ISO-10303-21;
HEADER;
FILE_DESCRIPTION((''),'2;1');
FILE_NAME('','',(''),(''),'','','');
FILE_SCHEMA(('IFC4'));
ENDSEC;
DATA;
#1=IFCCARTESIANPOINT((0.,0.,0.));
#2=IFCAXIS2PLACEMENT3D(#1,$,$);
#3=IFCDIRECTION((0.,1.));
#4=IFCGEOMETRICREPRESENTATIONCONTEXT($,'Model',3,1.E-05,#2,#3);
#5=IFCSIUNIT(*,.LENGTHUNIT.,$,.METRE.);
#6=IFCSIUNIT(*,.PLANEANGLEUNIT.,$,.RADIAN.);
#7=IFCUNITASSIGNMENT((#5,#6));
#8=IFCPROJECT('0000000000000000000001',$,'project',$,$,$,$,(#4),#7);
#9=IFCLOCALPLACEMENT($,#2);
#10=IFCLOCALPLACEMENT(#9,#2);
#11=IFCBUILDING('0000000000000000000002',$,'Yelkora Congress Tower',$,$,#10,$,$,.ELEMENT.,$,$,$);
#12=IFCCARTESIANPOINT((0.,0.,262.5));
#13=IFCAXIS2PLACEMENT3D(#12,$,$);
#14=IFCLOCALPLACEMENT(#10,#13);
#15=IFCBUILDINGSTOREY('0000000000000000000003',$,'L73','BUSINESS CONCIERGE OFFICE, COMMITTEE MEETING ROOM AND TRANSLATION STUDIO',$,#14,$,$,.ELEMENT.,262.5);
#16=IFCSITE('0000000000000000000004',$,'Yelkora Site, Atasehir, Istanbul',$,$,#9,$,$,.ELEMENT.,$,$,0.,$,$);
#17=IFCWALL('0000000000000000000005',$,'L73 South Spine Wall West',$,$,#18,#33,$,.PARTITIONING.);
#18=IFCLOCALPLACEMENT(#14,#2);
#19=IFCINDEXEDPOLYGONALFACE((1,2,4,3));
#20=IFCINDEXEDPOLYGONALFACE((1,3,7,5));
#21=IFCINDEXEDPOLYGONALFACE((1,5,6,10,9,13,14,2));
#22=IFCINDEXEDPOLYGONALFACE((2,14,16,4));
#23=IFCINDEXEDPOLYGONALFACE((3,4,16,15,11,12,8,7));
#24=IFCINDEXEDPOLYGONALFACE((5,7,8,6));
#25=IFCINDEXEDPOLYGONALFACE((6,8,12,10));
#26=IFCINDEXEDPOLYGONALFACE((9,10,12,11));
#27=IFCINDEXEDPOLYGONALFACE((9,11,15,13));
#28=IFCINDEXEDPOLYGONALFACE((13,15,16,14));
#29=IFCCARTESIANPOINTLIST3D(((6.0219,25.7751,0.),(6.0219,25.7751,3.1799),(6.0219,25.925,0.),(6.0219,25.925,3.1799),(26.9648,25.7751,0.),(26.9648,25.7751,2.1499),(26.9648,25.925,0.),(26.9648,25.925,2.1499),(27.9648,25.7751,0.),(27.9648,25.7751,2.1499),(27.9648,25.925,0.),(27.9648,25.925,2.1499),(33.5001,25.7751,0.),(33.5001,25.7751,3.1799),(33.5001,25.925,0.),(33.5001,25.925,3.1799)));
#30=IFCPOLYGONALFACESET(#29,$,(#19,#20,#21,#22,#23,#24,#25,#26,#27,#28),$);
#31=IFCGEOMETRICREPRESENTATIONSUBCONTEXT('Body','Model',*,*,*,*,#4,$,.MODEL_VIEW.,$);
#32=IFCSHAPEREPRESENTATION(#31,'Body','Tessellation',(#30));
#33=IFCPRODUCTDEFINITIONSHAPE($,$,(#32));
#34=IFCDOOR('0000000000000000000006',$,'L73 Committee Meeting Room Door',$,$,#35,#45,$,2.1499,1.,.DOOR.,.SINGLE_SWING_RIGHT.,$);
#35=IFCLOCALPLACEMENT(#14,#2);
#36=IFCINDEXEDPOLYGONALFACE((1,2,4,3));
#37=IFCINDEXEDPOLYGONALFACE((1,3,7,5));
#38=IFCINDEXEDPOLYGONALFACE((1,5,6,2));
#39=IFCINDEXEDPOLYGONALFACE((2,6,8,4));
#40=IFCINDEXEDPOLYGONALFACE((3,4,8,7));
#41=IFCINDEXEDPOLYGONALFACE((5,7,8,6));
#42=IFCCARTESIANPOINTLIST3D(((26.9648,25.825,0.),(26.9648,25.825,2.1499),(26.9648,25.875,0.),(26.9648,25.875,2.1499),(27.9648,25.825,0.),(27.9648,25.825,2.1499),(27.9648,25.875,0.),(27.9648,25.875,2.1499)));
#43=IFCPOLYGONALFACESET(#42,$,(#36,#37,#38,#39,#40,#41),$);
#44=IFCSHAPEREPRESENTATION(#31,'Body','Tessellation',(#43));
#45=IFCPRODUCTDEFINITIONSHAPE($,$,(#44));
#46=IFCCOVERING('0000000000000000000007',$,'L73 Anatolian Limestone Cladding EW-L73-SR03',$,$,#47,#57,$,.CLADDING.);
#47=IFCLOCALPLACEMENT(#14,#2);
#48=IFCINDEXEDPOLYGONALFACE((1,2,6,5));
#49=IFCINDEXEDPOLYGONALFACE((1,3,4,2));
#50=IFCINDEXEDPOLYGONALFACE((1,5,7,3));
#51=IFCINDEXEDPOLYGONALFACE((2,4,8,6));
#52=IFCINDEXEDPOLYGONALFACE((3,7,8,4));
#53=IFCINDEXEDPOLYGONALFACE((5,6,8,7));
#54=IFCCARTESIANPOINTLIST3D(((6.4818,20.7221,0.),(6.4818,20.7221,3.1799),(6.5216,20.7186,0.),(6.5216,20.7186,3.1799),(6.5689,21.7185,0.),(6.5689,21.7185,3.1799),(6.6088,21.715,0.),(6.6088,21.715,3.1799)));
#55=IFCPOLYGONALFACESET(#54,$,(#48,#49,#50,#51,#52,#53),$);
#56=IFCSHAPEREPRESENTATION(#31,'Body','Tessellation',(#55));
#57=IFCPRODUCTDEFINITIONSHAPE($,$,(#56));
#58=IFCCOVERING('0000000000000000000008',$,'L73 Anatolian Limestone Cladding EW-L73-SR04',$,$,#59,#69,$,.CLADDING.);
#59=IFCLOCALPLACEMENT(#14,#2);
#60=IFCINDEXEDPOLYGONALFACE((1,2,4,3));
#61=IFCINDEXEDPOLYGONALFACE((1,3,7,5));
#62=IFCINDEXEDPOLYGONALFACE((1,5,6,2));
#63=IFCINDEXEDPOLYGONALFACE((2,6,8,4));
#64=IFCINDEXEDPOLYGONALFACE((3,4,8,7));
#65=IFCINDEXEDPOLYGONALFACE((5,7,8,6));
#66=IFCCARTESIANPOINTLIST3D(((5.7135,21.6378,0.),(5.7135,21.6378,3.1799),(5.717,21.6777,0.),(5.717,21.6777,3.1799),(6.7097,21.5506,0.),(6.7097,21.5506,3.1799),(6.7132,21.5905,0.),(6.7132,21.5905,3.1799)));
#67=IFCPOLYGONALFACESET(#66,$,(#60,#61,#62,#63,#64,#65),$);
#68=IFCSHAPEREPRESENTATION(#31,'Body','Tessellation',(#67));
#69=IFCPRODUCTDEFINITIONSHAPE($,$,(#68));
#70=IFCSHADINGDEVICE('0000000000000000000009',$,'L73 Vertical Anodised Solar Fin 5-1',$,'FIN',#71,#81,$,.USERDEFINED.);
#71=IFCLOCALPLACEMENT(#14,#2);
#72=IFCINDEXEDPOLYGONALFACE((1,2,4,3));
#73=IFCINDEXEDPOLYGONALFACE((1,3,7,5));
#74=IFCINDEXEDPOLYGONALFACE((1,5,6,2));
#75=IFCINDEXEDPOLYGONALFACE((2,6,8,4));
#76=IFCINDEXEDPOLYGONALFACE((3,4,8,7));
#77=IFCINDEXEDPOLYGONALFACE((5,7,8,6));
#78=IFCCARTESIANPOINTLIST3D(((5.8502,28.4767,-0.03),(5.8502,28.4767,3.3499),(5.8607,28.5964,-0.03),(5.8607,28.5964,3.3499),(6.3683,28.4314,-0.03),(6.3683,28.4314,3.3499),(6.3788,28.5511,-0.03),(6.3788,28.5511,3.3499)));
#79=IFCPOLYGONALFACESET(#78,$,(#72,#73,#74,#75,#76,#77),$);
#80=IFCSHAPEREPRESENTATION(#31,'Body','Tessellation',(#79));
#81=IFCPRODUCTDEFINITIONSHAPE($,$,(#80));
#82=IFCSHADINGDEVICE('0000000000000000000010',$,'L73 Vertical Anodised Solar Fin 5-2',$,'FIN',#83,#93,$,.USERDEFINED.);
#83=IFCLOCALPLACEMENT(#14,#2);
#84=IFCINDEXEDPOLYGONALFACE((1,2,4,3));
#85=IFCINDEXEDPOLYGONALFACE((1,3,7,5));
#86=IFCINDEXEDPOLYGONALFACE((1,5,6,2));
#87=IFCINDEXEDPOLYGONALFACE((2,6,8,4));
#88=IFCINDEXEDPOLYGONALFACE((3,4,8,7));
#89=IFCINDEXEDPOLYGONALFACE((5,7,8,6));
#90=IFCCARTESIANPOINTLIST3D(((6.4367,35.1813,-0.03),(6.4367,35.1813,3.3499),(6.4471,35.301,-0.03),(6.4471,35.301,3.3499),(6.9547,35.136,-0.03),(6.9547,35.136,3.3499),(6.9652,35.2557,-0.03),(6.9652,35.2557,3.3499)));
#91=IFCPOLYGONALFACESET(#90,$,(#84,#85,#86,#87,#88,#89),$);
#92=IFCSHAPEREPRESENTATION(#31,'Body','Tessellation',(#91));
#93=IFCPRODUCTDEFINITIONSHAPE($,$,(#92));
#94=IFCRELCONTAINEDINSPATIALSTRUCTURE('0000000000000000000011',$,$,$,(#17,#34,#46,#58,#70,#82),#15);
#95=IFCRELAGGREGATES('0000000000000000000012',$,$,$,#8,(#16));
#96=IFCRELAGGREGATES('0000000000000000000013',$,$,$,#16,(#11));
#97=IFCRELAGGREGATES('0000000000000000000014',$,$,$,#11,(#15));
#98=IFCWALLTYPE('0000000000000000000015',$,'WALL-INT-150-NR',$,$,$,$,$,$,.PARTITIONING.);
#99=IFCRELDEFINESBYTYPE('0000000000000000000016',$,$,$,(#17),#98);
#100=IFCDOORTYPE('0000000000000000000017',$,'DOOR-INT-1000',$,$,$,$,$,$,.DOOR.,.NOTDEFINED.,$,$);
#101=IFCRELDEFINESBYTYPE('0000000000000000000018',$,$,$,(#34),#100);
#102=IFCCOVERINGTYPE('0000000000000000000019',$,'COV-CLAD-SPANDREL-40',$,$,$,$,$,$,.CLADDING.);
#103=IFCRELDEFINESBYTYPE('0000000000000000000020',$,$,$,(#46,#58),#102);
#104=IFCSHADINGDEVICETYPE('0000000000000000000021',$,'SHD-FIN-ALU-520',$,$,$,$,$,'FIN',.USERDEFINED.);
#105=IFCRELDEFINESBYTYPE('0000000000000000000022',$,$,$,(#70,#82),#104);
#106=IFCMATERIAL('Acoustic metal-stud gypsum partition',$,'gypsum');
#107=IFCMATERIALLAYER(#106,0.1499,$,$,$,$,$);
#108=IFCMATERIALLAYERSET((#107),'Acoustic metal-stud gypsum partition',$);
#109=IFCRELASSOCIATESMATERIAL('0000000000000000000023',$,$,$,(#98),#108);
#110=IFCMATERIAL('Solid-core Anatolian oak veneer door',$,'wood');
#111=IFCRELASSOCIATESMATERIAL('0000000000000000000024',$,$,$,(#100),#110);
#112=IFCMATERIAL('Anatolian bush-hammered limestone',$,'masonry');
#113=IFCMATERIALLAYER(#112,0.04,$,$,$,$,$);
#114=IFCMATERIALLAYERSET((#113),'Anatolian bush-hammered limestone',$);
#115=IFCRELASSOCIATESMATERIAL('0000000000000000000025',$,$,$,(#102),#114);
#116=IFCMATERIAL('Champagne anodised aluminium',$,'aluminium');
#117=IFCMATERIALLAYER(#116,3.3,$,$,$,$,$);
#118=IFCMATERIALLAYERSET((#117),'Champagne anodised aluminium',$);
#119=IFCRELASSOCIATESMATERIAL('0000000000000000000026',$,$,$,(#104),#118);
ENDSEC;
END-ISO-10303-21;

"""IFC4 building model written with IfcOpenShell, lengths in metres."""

from ifc_helpers import new_model, si_unit, direction, frame, frame_2d, origin, origin_2d, place, context, subcontext, project, spatial, rectangle, extrude, material, layer, layer_set, type_object, element, fill, save


model = new_model("IFC4")

# Units and contexts
model_context = context("Model", 3, precision=1e-05, world=origin(), true_north=direction((0.0, 1.0)))
body_context = subcontext(model_context, "Body", "Model", "MODEL_VIEW")
ifc_project = project(units=[si_unit("LENGTHUNIT", "METRE"), si_unit("PLANEANGLEUNIT", "RADIAN")], contexts=[model_context])

# Site, building, storey
site_placement = place(None, origin())
site = spatial("IfcSite", under=ifc_project, at=site_placement, Name="Yelkora Site, Atasehir, Istanbul", CompositionType="ELEMENT", RefElevation=0.0)
building_placement = place(site_placement, origin())
building = spatial("IfcBuilding", under=site, at=building_placement, Name="Yelkora Congress Tower", CompositionType="ELEMENT")
storey_placement = place(building_placement, frame((0.0, 0.0, 262.5)))
storey = spatial("IfcBuildingStorey", under=building, at=storey_placement, Name="L73", Description="BUSINESS CONCIERGE OFFICE, COMMITTEE MEETING ROOM AND TRANSLATION STUDIO", CompositionType="ELEMENT", Elevation=262.5)

# Wall, opening, door
ifc_material_1 = material(Name="Acoustic metal-stud gypsum partition", Category="gypsum")
ifc_layer_1 = layer(ifc_material_1, 0.1499)
ifc_layer_set_1 = layer_set([ifc_layer_1], Name="Acoustic metal-stud gypsum partition")
wall_type_1 = type_object("IfcWallType", Name="WALL-INT-150-NR", PredefinedType="PARTITIONING", material=ifc_layer_set_1)
wall_1_placement = place(storey_placement, frame((6.0217, 25.8501, 0.0), z_axis=(0.0, 0.0, 1.0), x_axis=(1.0, 0.0, 0.0)))
wall_1 = element("IfcWall", 1, at=wall_1_placement, inside=storey, type_object=wall_type_1, Name="L73 South Spine Wall West", PredefinedType="PARTITIONING", context=body_context, shape_type="SweptSolid", body=[
    extrude(rectangle(XDim=27.4783, YDim=0.1499, at=frame_2d((13.7393, 0.0))), origin(), (0.0, 0.0, 1.0), 3.1799),
])
opening_placement = place(wall_1_placement, frame((20.9431, 0.0, 0.0)))
opening = element("IfcOpeningElement", 2, at=opening_placement, cuts=wall_1, PredefinedType="OPENING", context=body_context, shape_type="SweptSolid", body=[
    extrude(rectangle(XDim=1.0, YDim=2.1499, at=frame_2d((0.5, 1.075))), frame((0.0, 0.085, 0.0), z_axis=(0.0, -1.0, 0.0), x_axis=(1.0, 0.0, 0.0)), (0.0, 0.0, 1.0), 0.1699),
])
ifc_material_2 = material(Name="Solid-core Anatolian oak veneer door", Category="wood")
door_type = type_object("IfcDoorType", Name="DOOR-INT-1000", OperationType="NOTDEFINED", PredefinedType="DOOR", material=ifc_material_2)
door_placement = place(opening_placement, origin())
door = element("IfcDoor", 3, at=door_placement, inside=storey, type_object=door_type, Name="L73 Committee Meeting Room Door", OperationType="SINGLE_SWING_RIGHT", OverallHeight=2.1499, OverallWidth=1.0, PredefinedType="DOOR", context=body_context, shape_type="SweptSolid", body=[
    extrude(rectangle(XDim=1.0, YDim=2.1499, at=frame_2d((0.5, 1.075))), frame((0.0, 0.0249, 0.0), z_axis=(0.0, -1.0, 0.0), x_axis=(1.0, 0.0, 0.0)), (0.0, 0.0, 1.0), 0.05),
])
fill(opening, door)

# Coverings
ifc_material_3 = material(Name="Anatolian bush-hammered limestone", Category="masonry")
ifc_layer_2 = layer(ifc_material_3, 0.04)
ifc_layer_set_2 = layer_set([ifc_layer_2], Name="Anatolian bush-hammered limestone")
covering_type = type_object("IfcCoveringType", Name="COV-CLAD-SPANDREL-40", PredefinedType="CLADDING", material=ifc_layer_set_2)
covering_1_placement = place(storey_placement, frame((6.5017, 20.7205, 0.0), z_axis=(0.0, 0.0, 1.0), x_axis=(0.087146, 0.996196, 0.0)))
element("IfcCovering", 4, at=covering_1_placement, inside=storey, type_object=covering_type, Name="L73 Anatolian Limestone Cladding EW-L73-SR03", PredefinedType="CLADDING", context=body_context, shape_type="SweptSolid", body=[
    extrude(rectangle(XDim=1.0002, YDim=0.04, at=frame_2d((0.5, 0.0))), origin(), (0.0, 0.0, 1.0), 3.1799),
])
covering_2_placement = place(storey_placement, frame((6.7114, 21.5706, 0.0), z_axis=(0.0, 0.0, 1.0), x_axis=(-0.996194, 0.087167, 0.0)))
element("IfcCovering", 5, at=covering_2_placement, inside=storey, type_object=covering_type, Name="L73 Anatolian Limestone Cladding EW-L73-SR04", PredefinedType="CLADDING", context=body_context, shape_type="SweptSolid", body=[
    extrude(rectangle(XDim=1.0, YDim=0.04, at=frame_2d((0.5, 0.0))), origin(), (0.0, 0.0, 1.0), 3.1799),
])

# Shading devices
ifc_material_4 = material(Name="Champagne anodised aluminium", Category="aluminium")
ifc_layer_3 = layer(ifc_material_4, 3.3)
ifc_layer_set_3 = layer_set([ifc_layer_3], Name="Champagne anodised aluminium")
shading_device_type = type_object("IfcShadingDeviceType", Name="SHD-FIN-ALU-520", ElementType="FIN", PredefinedType="USERDEFINED", material=ifc_layer_set_3)
for number, where, z_axis, x_axis, name in (
    (6, (6.1145, 28.5139, -0.03), (0.0, 0.0, 1.0), (0.087156, 0.996195, 0.0), "L73 Vertical Anodised Solar Fin 5-1"),
    (7, (6.7009, 35.2185, -0.03), (0.0, 0.0, 1.0), (0.087156, 0.996195, 0.0), "L73 Vertical Anodised Solar Fin 5-2"),
):
    element("IfcShadingDevice", number, at=place(storey_placement, frame(where, z_axis=z_axis, x_axis=x_axis)), inside=storey, type_object=shading_device_type, Name=name, ObjectType="FIN", PredefinedType="USERDEFINED", context=body_context, shape_type="SweptSolid", body=[
        extrude(rectangle(XDim=0.1201, YDim=0.52, at=origin_2d()), origin(), (0.0, 0.0, 1.0), 3.3799),
    ])

save(model, "model.ifc")
